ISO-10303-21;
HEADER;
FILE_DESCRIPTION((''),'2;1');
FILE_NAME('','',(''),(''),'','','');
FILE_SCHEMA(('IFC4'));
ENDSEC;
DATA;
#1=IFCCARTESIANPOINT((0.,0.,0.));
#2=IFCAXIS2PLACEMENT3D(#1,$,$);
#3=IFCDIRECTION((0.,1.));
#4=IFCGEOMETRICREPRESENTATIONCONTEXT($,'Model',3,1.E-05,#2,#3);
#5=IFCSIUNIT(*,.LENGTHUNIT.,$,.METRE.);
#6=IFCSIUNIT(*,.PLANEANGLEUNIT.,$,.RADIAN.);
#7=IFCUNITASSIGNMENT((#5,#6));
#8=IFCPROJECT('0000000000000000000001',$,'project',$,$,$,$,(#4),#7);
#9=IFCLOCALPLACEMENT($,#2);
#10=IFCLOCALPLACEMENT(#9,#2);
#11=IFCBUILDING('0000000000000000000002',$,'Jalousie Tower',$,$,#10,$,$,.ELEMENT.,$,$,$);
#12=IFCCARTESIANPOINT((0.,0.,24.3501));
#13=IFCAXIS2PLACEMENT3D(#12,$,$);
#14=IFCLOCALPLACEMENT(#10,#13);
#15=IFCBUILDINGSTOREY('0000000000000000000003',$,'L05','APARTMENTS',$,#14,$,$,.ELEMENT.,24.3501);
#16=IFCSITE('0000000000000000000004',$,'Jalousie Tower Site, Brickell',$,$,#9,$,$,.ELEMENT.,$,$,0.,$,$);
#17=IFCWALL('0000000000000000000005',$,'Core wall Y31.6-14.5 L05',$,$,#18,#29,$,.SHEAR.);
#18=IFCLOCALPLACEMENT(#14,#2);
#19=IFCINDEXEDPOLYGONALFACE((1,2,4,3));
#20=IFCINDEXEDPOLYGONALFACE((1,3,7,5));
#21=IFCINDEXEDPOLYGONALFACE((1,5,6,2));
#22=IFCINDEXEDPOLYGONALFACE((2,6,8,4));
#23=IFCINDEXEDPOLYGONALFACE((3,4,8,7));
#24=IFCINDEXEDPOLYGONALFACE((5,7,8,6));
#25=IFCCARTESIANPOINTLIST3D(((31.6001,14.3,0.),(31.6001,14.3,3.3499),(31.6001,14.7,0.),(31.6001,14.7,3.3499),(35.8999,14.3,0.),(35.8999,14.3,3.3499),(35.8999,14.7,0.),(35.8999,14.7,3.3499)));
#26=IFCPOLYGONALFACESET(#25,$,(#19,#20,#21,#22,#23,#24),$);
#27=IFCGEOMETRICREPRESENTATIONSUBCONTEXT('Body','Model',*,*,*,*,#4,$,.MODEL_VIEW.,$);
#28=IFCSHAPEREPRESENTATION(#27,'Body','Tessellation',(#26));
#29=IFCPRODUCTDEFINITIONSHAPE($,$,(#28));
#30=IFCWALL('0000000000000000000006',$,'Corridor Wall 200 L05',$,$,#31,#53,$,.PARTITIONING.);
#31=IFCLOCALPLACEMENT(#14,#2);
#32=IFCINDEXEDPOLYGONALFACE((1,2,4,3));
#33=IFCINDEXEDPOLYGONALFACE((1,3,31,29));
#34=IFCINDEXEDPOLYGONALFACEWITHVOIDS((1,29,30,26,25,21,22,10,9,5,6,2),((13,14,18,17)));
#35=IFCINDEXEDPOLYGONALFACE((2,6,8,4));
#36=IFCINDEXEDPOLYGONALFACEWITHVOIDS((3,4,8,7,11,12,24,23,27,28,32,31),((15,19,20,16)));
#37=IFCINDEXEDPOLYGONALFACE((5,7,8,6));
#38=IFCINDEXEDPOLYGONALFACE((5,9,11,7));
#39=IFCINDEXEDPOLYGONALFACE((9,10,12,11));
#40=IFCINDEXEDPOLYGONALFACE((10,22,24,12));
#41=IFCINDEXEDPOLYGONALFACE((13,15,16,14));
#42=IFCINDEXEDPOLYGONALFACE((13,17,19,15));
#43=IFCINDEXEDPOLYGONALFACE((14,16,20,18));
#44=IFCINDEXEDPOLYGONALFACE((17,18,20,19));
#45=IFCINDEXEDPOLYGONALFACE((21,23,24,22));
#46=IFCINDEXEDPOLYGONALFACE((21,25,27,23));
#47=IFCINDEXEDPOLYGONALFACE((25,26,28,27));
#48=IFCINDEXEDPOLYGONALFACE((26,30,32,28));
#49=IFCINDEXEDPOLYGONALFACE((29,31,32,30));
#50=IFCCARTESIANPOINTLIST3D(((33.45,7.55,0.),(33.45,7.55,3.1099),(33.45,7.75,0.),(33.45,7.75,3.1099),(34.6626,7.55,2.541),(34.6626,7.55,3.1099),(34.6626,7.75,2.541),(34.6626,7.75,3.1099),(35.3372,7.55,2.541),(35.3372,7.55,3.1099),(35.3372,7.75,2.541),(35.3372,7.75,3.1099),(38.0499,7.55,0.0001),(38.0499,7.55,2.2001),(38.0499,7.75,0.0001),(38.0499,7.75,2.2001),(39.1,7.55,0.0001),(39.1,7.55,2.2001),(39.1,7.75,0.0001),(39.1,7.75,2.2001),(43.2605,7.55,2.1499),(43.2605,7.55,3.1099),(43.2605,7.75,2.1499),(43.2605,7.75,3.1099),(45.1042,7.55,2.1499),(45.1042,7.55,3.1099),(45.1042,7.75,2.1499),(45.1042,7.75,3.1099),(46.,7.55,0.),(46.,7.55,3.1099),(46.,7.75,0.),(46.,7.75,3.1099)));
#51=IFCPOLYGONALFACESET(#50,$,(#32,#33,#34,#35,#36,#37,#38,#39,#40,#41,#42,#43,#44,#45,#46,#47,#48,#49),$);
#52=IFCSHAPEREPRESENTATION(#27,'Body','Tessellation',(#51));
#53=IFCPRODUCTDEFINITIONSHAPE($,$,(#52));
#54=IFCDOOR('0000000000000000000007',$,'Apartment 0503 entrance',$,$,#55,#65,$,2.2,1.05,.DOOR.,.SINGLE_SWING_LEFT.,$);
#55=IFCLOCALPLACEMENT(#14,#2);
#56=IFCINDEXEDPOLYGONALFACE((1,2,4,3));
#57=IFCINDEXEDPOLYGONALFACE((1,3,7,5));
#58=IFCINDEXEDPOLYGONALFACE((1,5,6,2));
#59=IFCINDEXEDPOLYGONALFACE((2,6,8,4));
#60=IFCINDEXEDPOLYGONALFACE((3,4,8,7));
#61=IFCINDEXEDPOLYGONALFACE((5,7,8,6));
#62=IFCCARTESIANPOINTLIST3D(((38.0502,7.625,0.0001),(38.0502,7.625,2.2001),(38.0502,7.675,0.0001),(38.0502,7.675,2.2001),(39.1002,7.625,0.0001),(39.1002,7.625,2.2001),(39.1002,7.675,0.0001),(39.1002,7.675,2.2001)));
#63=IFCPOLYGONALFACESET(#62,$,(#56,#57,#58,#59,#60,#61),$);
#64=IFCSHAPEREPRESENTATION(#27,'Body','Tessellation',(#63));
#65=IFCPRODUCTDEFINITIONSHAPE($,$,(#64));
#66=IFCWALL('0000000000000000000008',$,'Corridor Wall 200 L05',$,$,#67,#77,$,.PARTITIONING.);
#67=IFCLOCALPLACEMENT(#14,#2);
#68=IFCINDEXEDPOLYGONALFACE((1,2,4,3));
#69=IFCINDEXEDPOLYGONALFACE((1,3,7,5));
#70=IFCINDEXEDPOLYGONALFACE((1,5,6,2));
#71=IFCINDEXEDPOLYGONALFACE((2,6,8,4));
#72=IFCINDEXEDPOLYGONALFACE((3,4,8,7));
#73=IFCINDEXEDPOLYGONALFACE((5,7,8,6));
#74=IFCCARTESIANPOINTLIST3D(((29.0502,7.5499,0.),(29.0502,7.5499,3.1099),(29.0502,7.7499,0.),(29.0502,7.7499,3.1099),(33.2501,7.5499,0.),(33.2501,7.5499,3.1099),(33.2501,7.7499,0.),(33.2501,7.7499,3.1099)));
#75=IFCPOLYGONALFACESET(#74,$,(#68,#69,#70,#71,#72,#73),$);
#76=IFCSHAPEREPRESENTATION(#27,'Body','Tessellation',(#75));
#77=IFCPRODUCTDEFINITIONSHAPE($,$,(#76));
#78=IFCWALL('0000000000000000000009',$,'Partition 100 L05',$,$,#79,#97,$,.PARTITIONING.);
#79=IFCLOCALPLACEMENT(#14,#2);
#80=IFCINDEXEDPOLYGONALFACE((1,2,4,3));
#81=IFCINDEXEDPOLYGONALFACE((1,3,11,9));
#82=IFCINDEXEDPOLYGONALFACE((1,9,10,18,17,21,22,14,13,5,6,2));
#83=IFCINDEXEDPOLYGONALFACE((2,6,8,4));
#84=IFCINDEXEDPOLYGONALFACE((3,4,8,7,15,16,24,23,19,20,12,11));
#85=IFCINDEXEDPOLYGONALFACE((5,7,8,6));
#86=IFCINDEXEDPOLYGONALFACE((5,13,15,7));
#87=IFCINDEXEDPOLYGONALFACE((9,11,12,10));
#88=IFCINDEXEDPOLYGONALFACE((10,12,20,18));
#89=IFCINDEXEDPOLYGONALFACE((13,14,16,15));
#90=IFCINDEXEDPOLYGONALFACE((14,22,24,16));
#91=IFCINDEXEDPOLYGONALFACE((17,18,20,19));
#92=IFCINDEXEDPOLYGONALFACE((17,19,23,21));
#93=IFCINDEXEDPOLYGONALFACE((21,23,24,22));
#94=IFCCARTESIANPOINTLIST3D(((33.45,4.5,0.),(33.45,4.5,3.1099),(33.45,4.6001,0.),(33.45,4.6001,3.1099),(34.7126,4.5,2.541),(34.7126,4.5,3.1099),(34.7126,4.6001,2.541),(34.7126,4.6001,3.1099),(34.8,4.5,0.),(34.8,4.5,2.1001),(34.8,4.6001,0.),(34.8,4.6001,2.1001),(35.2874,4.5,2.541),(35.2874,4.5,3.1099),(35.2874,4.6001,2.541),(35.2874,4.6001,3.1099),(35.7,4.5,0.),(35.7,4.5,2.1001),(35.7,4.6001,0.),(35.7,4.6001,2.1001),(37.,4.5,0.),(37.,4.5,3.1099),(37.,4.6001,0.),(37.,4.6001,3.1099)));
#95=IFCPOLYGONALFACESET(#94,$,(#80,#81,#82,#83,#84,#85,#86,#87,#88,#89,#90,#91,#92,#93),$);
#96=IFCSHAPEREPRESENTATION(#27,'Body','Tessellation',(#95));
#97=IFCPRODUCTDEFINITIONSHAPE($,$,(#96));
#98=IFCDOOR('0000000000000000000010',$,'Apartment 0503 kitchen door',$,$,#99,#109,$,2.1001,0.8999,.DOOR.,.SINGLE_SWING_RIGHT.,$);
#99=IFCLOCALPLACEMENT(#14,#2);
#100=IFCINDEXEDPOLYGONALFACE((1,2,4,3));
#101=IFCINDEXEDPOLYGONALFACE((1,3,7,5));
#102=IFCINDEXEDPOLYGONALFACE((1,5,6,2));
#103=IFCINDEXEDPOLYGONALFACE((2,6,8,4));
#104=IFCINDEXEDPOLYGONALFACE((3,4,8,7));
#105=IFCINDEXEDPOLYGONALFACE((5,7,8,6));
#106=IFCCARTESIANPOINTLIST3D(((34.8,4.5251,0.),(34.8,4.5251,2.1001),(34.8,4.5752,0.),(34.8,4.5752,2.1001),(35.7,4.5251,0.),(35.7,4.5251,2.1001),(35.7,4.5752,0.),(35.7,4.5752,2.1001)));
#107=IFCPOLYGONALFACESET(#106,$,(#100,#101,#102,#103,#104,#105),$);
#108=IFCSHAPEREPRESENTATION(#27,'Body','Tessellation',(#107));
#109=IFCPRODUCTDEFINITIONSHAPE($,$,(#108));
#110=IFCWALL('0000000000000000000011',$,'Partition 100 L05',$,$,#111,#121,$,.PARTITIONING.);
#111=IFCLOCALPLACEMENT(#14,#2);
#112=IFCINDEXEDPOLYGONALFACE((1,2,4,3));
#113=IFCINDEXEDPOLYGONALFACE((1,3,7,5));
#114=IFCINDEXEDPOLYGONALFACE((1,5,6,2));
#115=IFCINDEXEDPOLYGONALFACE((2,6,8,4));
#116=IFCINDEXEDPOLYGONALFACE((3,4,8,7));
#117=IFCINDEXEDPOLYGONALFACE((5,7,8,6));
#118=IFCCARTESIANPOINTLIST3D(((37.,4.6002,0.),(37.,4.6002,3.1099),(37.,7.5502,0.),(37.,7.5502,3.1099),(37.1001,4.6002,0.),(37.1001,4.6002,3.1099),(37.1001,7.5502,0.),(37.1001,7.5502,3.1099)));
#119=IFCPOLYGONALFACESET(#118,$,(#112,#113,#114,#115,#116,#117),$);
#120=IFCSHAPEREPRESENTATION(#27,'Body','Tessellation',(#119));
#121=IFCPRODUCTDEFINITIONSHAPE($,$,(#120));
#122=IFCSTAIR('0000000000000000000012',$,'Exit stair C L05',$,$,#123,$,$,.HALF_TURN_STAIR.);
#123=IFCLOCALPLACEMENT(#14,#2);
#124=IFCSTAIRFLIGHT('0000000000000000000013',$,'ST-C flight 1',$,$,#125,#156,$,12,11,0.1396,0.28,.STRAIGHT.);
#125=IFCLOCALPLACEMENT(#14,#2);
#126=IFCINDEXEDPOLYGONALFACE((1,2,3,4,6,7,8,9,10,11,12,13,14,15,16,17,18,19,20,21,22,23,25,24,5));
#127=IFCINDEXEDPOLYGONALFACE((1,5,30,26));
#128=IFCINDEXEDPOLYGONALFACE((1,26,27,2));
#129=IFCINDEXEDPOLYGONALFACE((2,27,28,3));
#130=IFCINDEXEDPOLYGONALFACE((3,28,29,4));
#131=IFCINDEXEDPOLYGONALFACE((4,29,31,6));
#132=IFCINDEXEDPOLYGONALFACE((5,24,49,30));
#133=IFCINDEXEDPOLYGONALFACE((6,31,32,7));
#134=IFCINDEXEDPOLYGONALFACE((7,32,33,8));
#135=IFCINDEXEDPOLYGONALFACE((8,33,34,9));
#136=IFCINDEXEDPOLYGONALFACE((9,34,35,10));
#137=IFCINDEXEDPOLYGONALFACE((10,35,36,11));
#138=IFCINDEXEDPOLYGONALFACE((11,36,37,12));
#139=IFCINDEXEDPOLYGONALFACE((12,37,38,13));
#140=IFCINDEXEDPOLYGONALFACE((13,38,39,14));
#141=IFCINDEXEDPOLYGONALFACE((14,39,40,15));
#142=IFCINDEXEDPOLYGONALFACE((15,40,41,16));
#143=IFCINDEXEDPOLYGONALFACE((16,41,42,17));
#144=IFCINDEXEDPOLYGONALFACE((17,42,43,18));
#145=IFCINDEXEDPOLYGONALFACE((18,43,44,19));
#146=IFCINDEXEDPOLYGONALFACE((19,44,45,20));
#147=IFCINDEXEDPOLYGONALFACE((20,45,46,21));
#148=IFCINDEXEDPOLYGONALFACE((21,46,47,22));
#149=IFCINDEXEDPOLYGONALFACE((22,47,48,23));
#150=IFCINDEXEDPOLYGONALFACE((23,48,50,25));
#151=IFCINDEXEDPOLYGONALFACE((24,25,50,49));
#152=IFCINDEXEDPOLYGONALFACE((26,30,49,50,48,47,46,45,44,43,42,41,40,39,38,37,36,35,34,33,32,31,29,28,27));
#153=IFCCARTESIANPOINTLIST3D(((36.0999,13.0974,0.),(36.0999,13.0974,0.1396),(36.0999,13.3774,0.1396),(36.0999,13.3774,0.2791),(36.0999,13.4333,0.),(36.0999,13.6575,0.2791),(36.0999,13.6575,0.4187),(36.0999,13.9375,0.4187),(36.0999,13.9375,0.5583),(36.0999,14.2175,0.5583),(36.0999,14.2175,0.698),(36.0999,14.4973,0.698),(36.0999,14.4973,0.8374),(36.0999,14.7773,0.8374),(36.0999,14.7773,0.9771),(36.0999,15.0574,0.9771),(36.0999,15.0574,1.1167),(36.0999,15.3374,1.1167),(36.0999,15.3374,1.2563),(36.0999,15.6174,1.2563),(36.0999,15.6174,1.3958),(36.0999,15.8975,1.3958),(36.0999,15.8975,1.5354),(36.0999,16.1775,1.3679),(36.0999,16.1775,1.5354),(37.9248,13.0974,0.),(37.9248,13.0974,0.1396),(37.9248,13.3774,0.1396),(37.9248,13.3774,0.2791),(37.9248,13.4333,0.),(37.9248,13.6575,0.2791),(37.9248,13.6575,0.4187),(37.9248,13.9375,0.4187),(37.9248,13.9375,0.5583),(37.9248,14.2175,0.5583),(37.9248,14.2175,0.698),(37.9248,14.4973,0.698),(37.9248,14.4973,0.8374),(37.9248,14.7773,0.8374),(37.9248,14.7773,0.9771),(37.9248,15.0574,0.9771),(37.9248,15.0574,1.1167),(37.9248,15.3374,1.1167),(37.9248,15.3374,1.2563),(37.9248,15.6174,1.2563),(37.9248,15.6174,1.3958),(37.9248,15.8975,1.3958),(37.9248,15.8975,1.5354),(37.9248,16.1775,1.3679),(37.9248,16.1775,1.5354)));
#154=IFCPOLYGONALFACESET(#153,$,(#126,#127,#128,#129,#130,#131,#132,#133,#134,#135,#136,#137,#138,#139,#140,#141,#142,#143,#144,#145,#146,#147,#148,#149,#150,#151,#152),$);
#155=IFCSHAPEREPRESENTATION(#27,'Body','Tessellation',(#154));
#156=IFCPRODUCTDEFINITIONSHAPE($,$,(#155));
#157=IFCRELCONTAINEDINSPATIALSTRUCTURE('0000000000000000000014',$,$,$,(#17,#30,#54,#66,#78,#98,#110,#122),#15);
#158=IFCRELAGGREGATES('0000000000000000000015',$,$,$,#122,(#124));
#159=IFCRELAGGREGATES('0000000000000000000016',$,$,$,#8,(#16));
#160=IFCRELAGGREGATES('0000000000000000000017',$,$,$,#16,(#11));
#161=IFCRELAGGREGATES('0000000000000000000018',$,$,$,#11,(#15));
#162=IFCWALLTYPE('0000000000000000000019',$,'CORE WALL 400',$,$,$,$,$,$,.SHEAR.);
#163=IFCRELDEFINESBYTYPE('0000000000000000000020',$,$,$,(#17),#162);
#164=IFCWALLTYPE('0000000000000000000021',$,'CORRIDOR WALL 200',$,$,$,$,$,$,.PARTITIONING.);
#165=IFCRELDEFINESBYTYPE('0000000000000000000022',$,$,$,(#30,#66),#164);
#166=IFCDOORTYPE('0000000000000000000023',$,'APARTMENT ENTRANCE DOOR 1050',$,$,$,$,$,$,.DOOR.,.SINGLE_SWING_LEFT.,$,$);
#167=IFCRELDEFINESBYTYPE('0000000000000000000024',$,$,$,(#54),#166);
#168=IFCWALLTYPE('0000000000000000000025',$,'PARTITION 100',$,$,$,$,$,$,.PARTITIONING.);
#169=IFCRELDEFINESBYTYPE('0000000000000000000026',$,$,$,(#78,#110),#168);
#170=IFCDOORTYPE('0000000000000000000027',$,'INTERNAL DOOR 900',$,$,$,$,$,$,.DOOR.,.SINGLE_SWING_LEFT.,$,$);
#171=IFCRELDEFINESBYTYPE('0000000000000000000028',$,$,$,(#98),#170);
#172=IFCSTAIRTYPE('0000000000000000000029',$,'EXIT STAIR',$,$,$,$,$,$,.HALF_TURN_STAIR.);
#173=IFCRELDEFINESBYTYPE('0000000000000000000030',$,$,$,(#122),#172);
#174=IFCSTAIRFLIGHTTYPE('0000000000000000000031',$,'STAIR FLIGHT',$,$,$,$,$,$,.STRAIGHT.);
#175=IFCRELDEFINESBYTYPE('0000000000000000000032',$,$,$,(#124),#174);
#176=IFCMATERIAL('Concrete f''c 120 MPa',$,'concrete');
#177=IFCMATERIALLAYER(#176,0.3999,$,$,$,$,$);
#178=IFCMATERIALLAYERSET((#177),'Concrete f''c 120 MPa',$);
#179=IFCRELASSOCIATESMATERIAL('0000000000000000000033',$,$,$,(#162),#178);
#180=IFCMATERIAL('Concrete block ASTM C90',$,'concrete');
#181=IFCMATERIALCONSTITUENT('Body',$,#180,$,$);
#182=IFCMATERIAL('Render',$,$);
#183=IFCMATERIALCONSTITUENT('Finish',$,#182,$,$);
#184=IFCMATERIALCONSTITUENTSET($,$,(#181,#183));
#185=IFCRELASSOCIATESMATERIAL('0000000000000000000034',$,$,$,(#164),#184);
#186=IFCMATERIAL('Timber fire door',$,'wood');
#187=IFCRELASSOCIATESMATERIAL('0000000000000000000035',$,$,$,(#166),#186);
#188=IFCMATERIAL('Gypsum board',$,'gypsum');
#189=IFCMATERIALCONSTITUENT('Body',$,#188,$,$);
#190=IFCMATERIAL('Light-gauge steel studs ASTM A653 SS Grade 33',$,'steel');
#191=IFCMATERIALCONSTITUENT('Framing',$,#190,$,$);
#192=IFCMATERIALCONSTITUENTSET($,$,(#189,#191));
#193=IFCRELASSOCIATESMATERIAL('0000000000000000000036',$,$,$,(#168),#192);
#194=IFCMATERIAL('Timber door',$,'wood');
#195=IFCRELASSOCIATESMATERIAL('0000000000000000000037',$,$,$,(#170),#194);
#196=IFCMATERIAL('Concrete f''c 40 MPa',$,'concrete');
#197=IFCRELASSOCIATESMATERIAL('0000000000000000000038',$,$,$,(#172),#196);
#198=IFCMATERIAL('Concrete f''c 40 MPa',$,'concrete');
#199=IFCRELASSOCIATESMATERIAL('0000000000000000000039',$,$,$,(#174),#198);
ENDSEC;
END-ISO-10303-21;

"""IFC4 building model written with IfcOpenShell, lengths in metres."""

from ifc_helpers import new_model, si_unit, direction, frame, frame_2d, origin, place, context, subcontext, project, spatial, polyline, rectangle, outline, extrude, material, layer, layer_set, constituent, constituent_set, type_object, element, fill, aggregate, save


model = new_model("IFC4")

# Units and contexts
model_context = context("Model", 3, precision=1e-05, world=origin(), true_north=direction((0.0, 1.0)))
body_context = subcontext(model_context, "Body", "Model", "MODEL_VIEW")
ifc_project = project(units=[si_unit("LENGTHUNIT", "METRE"), si_unit("PLANEANGLEUNIT", "RADIAN")], contexts=[model_context])

# Site, building, storey
site_placement = place(None, origin())
site = spatial("IfcSite", under=ifc_project, at=site_placement, Name="Jalousie Tower Site, Brickell", CompositionType="ELEMENT", RefElevation=0.0)
building_placement = place(site_placement, origin())
building = spatial("IfcBuilding", under=site, at=building_placement, Name="Jalousie Tower", CompositionType="ELEMENT")
storey_placement = place(building_placement, frame((0.0, 0.0, 24.3501)))
storey = spatial("IfcBuildingStorey", under=building, at=storey_placement, Name="L05", Description="APARTMENTS", CompositionType="ELEMENT", Elevation=24.3501)

# Shared definitions
ifc_material_1 = material(Name="Concrete f'c 120 MPa", Category="concrete")
ifc_layer_1 = layer(ifc_material_1, 0.3999)
ifc_layer_set_1 = layer_set([ifc_layer_1], Name="Concrete f'c 120 MPa")
wall_type_1 = type_object("IfcWallType", Name="CORE WALL 400", PredefinedType="SHEAR", material=ifc_layer_set_1)

# Wall
wall_1_placement = place(storey_placement, frame((31.6001, 14.5, 0.0), z_axis=(0.0, 0.0, 1.0), x_axis=(1.0, 0.0, 0.0)))
element("IfcWall", 1, at=wall_1_placement, inside=storey, type_object=wall_type_1, Name="Core wall Y31.6-14.5 L05", PredefinedType="SHEAR", context=body_context, shape_type="SweptSolid", body=[
    extrude(rectangle(XDim=4.2998, YDim=0.3999, at=frame_2d((2.1499, 0.0))), origin(), (0.0, 0.0, 1.0), 3.3499),
])

# Wall, opening, door
ifc_material_2 = material(Name="Concrete block ASTM C90", Category="concrete")
ifc_constituent_1 = constituent(ifc_material_2, Name="Body")
ifc_material_3 = material(Name="Render")
ifc_constituent_2 = constituent(ifc_material_3, Name="Finish")
ifc_constituent_set_1 = constituent_set(constituents=[ifc_constituent_1, ifc_constituent_2])
wall_type_2 = type_object("IfcWallType", Name="CORRIDOR WALL 200", PredefinedType="PARTITIONING", material=ifc_constituent_set_1)
wall_2_placement = place(storey_placement, frame((33.45, 7.6499, 0.0), z_axis=(0.0, 0.0, 1.0), x_axis=(1.0, 0.0, 0.0)))
wall_2 = element("IfcWall", 2, at=wall_2_placement, inside=storey, type_object=wall_type_2, Name="Corridor Wall 200 L05", PredefinedType="PARTITIONING", context=body_context, shape_type="SweptSolid", body=[
    extrude(outline(polyline([(0.0, 0.0), (12.55, 0.0), (12.55, 3.1099), (11.6543, 3.1099), (11.6543, 2.1499), (9.8105, 2.1499), (9.8105, 3.1099), (1.8872, 3.1099), (1.8872, 2.541), (1.2126, 2.541), (1.2126, 3.1099), (0.0, 3.1099), (0.0, 0.0)])), frame((0.0, 0.1001, 0.0), z_axis=(0.0, -1.0, 0.0), x_axis=(1.0, 0.0, 0.0)), (0.0, 0.0, 1.0), 0.2),
])
opening_1_placement = place(wall_2_placement, frame((4.6001, 0.0, 0.0)))
opening_1 = element("IfcOpeningElement", 3, at=opening_1_placement, cuts=wall_2, PredefinedType="OPENING", context=body_context, shape_type="SweptSolid", body=[
    extrude(rectangle(XDim=1.05, YDim=2.2, at=frame_2d((0.5249, 1.1001))), frame((0.0, 0.1099, 0.0), z_axis=(0.0, -1.0, 0.0), x_axis=(1.0, 0.0, 0.0)), (0.0, 0.0, 1.0), 0.22),
])
ifc_material_4 = material(Name="Timber fire door", Category="wood")
door_type_1 = type_object("IfcDoorType", Name="APARTMENT ENTRANCE DOOR 1050", OperationType="SINGLE_SWING_LEFT", PredefinedType="DOOR", material=ifc_material_4)
door_1_placement = place(opening_1_placement, frame((1.05, 0.0, 0.0), z_axis=(0.0, 0.0, 1.0), x_axis=(-1.0, 0.0, 0.0)))
door_1 = element("IfcDoor", 4, at=door_1_placement, inside=storey, type_object=door_type_1, Name="Apartment 0503 entrance", OperationType="SINGLE_SWING_LEFT", OverallHeight=2.2, OverallWidth=1.05, PredefinedType="DOOR", context=body_context, shape_type="SweptSolid", body=[
    extrude(rectangle(XDim=1.05, YDim=2.2, at=frame_2d((0.5249, 1.1001))), frame((0.0, 0.0249, 0.0), z_axis=(0.0, -1.0, 0.0), x_axis=(1.0, 0.0, 0.0)), (0.0, 0.0, 1.0), 0.05),
])
fill(opening_1, door_1)

# Wall
wall_3_placement = place(storey_placement, frame((29.05, 7.6499, 0.0), z_axis=(0.0, 0.0, 1.0), x_axis=(1.0, 0.0, 0.0)))
element("IfcWall", 5, at=wall_3_placement, inside=storey, type_object=wall_type_2, Name="Corridor Wall 200 L05", PredefinedType="PARTITIONING", context=body_context, shape_type="SweptSolid", body=[
    extrude(rectangle(XDim=4.2, YDim=0.2, at=frame_2d((2.1001, 0.0))), origin(), (0.0, 0.0, 1.0), 3.1099),
])

# Wall, opening, door
ifc_material_5 = material(Name="Gypsum board", Category="gypsum")
ifc_constituent_3 = constituent(ifc_material_5, Name="Body")
ifc_material_6 = material(Name="Light-gauge steel studs ASTM A653 SS Grade 33", Category="steel")
ifc_constituent_4 = constituent(ifc_material_6, Name="Framing")
ifc_constituent_set_2 = constituent_set(constituents=[ifc_constituent_3, ifc_constituent_4])
wall_type_3 = type_object("IfcWallType", Name="PARTITION 100", PredefinedType="PARTITIONING", material=ifc_constituent_set_2)
wall_4_placement = place(storey_placement, frame((33.45, 4.55, 0.0), z_axis=(0.0, 0.0, 1.0), x_axis=(1.0, 0.0, 0.0)))
wall_4 = element("IfcWall", 6, at=wall_4_placement, inside=storey, type_object=wall_type_3, Name="Partition 100 L05", PredefinedType="PARTITIONING", context=body_context, shape_type="SweptSolid", body=[
    extrude(outline(polyline([(0.0, 0.0), (3.55, 0.0), (3.55, 3.1099), (1.8374, 3.1099), (1.8374, 2.541), (1.2627, 2.541), (1.2627, 3.1099), (0.0, 3.1099), (0.0, 0.0)])), frame((0.0, 0.05, 0.0), z_axis=(0.0, -1.0, 0.0), x_axis=(1.0, 0.0, 0.0)), (0.0, 0.0, 1.0), 0.1001),
])
opening_2_placement = place(wall_4_placement, frame((1.3501, 0.0, 0.0)))
opening_2 = element("IfcOpeningElement", 7, at=opening_2_placement, cuts=wall_4, PredefinedType="OPENING", context=body_context, shape_type="SweptSolid", body=[
    extrude(rectangle(XDim=0.8999, YDim=2.1001, at=frame_2d((0.45, 1.05))), frame((0.0, 0.0601, 0.0), z_axis=(0.0, -1.0, 0.0), x_axis=(1.0, 0.0, 0.0)), (0.0, 0.0, 1.0), 0.1201),
])
ifc_material_7 = material(Name="Timber door", Category="wood")
door_type_2 = type_object("IfcDoorType", Name="INTERNAL DOOR 900", OperationType="SINGLE_SWING_LEFT", PredefinedType="DOOR", material=ifc_material_7)
door_2_placement = place(opening_2_placement, frame((0.8999, 0.0, 0.0), z_axis=(0.0, 0.0, 1.0), x_axis=(-1.0, 0.0, 0.0)))
door_2 = element("IfcDoor", 8, at=door_2_placement, inside=storey, type_object=door_type_2, Name="Apartment 0503 kitchen door", OperationType="SINGLE_SWING_RIGHT", OverallHeight=2.1001, OverallWidth=0.8999, PredefinedType="DOOR", context=body_context, shape_type="SweptSolid", body=[
    extrude(rectangle(XDim=0.8999, YDim=2.1001, at=frame_2d((0.45, 1.05))), frame((0.0, 0.0249, 0.0), z_axis=(0.0, -1.0, 0.0), x_axis=(1.0, 0.0, 0.0)), (0.0, 0.0, 1.0), 0.05),
])
fill(opening_2, door_2)

# Wall
wall_5_placement = place(storey_placement, frame((37.05, 4.6001, 0.0), z_axis=(0.0, 0.0, 1.0), x_axis=(0.0, 1.0, 0.0)))
element("IfcWall", 9, at=wall_5_placement, inside=storey, type_object=wall_type_3, Name="Partition 100 L05", PredefinedType="PARTITIONING", context=body_context, shape_type="SweptSolid", body=[
    extrude(rectangle(XDim=2.95, YDim=0.1001, at=frame_2d((1.4751, 0.0))), origin(), (0.0, 0.0, 1.0), 3.1099),
])

# Stair, stair flight
ifc_material_8 = material(Name="Concrete f'c 40 MPa", Category="concrete")
stair_type = type_object("IfcStairType", Name="EXIT STAIR", PredefinedType="HALF_TURN_STAIR", material=ifc_material_8)
stair_placement = place(storey_placement, origin())
stair = element("IfcStair", 10, at=stair_placement, inside=storey, type_object=stair_type, Name="Exit stair C L05", PredefinedType="HALF_TURN_STAIR")
ifc_material_9 = material(Name="Concrete f'c 40 MPa", Category="concrete")
stair_flight_type = type_object("IfcStairFlightType", Name="STAIR FLIGHT", PredefinedType="STRAIGHT", material=ifc_material_9)
stair_flight_placement = place(storey_placement, frame((37.0125, 13.0974, 0.0), z_axis=(0.0, 0.0, 1.0), x_axis=(0.0, 1.0, 0.0)))
stair_flight = element("IfcStairFlight", 11, at=stair_flight_placement, type_object=stair_flight_type, Name="ST-C flight 1", NumberOfRisers=12, NumberOfTreads=11, PredefinedType="STRAIGHT", RiserHeight=0.1396, TreadLength=0.28, context=body_context, shape_type="SweptSolid", body=[
    extrude(outline(polyline([(0.0, 0.0), (0.0, 0.1396), (0.28, 0.1396), (0.28, 0.2791), (0.5601, 0.2791), (0.5601, 0.4187), (0.8401, 0.4187), (0.8401, 0.5583), (1.1201, 0.5583), (1.1201, 0.698), (1.3999, 0.698), (1.3999, 0.8374), (1.6799, 0.8374), (1.6799, 0.9771), (1.96, 0.9771), (1.96, 1.1167), (2.24, 1.1167), (2.24, 1.2563), (2.52, 1.2563), (2.52, 1.3958), (2.8, 1.3958), (2.8, 1.5354), (3.0801, 1.5354), (3.0801, 1.675), (3.0801, 1.3679), (0.3359, 0.0), (0.0, 0.0)])), frame((0.0, 0.9126, 0.0), z_axis=(0.0, -1.0, 0.0), x_axis=(1.0, 0.0, 0.0)), (0.0, 0.0, 1.0), 1.825),
])
aggregate(stair, [stair_flight])

save(model, "model.ifc")
